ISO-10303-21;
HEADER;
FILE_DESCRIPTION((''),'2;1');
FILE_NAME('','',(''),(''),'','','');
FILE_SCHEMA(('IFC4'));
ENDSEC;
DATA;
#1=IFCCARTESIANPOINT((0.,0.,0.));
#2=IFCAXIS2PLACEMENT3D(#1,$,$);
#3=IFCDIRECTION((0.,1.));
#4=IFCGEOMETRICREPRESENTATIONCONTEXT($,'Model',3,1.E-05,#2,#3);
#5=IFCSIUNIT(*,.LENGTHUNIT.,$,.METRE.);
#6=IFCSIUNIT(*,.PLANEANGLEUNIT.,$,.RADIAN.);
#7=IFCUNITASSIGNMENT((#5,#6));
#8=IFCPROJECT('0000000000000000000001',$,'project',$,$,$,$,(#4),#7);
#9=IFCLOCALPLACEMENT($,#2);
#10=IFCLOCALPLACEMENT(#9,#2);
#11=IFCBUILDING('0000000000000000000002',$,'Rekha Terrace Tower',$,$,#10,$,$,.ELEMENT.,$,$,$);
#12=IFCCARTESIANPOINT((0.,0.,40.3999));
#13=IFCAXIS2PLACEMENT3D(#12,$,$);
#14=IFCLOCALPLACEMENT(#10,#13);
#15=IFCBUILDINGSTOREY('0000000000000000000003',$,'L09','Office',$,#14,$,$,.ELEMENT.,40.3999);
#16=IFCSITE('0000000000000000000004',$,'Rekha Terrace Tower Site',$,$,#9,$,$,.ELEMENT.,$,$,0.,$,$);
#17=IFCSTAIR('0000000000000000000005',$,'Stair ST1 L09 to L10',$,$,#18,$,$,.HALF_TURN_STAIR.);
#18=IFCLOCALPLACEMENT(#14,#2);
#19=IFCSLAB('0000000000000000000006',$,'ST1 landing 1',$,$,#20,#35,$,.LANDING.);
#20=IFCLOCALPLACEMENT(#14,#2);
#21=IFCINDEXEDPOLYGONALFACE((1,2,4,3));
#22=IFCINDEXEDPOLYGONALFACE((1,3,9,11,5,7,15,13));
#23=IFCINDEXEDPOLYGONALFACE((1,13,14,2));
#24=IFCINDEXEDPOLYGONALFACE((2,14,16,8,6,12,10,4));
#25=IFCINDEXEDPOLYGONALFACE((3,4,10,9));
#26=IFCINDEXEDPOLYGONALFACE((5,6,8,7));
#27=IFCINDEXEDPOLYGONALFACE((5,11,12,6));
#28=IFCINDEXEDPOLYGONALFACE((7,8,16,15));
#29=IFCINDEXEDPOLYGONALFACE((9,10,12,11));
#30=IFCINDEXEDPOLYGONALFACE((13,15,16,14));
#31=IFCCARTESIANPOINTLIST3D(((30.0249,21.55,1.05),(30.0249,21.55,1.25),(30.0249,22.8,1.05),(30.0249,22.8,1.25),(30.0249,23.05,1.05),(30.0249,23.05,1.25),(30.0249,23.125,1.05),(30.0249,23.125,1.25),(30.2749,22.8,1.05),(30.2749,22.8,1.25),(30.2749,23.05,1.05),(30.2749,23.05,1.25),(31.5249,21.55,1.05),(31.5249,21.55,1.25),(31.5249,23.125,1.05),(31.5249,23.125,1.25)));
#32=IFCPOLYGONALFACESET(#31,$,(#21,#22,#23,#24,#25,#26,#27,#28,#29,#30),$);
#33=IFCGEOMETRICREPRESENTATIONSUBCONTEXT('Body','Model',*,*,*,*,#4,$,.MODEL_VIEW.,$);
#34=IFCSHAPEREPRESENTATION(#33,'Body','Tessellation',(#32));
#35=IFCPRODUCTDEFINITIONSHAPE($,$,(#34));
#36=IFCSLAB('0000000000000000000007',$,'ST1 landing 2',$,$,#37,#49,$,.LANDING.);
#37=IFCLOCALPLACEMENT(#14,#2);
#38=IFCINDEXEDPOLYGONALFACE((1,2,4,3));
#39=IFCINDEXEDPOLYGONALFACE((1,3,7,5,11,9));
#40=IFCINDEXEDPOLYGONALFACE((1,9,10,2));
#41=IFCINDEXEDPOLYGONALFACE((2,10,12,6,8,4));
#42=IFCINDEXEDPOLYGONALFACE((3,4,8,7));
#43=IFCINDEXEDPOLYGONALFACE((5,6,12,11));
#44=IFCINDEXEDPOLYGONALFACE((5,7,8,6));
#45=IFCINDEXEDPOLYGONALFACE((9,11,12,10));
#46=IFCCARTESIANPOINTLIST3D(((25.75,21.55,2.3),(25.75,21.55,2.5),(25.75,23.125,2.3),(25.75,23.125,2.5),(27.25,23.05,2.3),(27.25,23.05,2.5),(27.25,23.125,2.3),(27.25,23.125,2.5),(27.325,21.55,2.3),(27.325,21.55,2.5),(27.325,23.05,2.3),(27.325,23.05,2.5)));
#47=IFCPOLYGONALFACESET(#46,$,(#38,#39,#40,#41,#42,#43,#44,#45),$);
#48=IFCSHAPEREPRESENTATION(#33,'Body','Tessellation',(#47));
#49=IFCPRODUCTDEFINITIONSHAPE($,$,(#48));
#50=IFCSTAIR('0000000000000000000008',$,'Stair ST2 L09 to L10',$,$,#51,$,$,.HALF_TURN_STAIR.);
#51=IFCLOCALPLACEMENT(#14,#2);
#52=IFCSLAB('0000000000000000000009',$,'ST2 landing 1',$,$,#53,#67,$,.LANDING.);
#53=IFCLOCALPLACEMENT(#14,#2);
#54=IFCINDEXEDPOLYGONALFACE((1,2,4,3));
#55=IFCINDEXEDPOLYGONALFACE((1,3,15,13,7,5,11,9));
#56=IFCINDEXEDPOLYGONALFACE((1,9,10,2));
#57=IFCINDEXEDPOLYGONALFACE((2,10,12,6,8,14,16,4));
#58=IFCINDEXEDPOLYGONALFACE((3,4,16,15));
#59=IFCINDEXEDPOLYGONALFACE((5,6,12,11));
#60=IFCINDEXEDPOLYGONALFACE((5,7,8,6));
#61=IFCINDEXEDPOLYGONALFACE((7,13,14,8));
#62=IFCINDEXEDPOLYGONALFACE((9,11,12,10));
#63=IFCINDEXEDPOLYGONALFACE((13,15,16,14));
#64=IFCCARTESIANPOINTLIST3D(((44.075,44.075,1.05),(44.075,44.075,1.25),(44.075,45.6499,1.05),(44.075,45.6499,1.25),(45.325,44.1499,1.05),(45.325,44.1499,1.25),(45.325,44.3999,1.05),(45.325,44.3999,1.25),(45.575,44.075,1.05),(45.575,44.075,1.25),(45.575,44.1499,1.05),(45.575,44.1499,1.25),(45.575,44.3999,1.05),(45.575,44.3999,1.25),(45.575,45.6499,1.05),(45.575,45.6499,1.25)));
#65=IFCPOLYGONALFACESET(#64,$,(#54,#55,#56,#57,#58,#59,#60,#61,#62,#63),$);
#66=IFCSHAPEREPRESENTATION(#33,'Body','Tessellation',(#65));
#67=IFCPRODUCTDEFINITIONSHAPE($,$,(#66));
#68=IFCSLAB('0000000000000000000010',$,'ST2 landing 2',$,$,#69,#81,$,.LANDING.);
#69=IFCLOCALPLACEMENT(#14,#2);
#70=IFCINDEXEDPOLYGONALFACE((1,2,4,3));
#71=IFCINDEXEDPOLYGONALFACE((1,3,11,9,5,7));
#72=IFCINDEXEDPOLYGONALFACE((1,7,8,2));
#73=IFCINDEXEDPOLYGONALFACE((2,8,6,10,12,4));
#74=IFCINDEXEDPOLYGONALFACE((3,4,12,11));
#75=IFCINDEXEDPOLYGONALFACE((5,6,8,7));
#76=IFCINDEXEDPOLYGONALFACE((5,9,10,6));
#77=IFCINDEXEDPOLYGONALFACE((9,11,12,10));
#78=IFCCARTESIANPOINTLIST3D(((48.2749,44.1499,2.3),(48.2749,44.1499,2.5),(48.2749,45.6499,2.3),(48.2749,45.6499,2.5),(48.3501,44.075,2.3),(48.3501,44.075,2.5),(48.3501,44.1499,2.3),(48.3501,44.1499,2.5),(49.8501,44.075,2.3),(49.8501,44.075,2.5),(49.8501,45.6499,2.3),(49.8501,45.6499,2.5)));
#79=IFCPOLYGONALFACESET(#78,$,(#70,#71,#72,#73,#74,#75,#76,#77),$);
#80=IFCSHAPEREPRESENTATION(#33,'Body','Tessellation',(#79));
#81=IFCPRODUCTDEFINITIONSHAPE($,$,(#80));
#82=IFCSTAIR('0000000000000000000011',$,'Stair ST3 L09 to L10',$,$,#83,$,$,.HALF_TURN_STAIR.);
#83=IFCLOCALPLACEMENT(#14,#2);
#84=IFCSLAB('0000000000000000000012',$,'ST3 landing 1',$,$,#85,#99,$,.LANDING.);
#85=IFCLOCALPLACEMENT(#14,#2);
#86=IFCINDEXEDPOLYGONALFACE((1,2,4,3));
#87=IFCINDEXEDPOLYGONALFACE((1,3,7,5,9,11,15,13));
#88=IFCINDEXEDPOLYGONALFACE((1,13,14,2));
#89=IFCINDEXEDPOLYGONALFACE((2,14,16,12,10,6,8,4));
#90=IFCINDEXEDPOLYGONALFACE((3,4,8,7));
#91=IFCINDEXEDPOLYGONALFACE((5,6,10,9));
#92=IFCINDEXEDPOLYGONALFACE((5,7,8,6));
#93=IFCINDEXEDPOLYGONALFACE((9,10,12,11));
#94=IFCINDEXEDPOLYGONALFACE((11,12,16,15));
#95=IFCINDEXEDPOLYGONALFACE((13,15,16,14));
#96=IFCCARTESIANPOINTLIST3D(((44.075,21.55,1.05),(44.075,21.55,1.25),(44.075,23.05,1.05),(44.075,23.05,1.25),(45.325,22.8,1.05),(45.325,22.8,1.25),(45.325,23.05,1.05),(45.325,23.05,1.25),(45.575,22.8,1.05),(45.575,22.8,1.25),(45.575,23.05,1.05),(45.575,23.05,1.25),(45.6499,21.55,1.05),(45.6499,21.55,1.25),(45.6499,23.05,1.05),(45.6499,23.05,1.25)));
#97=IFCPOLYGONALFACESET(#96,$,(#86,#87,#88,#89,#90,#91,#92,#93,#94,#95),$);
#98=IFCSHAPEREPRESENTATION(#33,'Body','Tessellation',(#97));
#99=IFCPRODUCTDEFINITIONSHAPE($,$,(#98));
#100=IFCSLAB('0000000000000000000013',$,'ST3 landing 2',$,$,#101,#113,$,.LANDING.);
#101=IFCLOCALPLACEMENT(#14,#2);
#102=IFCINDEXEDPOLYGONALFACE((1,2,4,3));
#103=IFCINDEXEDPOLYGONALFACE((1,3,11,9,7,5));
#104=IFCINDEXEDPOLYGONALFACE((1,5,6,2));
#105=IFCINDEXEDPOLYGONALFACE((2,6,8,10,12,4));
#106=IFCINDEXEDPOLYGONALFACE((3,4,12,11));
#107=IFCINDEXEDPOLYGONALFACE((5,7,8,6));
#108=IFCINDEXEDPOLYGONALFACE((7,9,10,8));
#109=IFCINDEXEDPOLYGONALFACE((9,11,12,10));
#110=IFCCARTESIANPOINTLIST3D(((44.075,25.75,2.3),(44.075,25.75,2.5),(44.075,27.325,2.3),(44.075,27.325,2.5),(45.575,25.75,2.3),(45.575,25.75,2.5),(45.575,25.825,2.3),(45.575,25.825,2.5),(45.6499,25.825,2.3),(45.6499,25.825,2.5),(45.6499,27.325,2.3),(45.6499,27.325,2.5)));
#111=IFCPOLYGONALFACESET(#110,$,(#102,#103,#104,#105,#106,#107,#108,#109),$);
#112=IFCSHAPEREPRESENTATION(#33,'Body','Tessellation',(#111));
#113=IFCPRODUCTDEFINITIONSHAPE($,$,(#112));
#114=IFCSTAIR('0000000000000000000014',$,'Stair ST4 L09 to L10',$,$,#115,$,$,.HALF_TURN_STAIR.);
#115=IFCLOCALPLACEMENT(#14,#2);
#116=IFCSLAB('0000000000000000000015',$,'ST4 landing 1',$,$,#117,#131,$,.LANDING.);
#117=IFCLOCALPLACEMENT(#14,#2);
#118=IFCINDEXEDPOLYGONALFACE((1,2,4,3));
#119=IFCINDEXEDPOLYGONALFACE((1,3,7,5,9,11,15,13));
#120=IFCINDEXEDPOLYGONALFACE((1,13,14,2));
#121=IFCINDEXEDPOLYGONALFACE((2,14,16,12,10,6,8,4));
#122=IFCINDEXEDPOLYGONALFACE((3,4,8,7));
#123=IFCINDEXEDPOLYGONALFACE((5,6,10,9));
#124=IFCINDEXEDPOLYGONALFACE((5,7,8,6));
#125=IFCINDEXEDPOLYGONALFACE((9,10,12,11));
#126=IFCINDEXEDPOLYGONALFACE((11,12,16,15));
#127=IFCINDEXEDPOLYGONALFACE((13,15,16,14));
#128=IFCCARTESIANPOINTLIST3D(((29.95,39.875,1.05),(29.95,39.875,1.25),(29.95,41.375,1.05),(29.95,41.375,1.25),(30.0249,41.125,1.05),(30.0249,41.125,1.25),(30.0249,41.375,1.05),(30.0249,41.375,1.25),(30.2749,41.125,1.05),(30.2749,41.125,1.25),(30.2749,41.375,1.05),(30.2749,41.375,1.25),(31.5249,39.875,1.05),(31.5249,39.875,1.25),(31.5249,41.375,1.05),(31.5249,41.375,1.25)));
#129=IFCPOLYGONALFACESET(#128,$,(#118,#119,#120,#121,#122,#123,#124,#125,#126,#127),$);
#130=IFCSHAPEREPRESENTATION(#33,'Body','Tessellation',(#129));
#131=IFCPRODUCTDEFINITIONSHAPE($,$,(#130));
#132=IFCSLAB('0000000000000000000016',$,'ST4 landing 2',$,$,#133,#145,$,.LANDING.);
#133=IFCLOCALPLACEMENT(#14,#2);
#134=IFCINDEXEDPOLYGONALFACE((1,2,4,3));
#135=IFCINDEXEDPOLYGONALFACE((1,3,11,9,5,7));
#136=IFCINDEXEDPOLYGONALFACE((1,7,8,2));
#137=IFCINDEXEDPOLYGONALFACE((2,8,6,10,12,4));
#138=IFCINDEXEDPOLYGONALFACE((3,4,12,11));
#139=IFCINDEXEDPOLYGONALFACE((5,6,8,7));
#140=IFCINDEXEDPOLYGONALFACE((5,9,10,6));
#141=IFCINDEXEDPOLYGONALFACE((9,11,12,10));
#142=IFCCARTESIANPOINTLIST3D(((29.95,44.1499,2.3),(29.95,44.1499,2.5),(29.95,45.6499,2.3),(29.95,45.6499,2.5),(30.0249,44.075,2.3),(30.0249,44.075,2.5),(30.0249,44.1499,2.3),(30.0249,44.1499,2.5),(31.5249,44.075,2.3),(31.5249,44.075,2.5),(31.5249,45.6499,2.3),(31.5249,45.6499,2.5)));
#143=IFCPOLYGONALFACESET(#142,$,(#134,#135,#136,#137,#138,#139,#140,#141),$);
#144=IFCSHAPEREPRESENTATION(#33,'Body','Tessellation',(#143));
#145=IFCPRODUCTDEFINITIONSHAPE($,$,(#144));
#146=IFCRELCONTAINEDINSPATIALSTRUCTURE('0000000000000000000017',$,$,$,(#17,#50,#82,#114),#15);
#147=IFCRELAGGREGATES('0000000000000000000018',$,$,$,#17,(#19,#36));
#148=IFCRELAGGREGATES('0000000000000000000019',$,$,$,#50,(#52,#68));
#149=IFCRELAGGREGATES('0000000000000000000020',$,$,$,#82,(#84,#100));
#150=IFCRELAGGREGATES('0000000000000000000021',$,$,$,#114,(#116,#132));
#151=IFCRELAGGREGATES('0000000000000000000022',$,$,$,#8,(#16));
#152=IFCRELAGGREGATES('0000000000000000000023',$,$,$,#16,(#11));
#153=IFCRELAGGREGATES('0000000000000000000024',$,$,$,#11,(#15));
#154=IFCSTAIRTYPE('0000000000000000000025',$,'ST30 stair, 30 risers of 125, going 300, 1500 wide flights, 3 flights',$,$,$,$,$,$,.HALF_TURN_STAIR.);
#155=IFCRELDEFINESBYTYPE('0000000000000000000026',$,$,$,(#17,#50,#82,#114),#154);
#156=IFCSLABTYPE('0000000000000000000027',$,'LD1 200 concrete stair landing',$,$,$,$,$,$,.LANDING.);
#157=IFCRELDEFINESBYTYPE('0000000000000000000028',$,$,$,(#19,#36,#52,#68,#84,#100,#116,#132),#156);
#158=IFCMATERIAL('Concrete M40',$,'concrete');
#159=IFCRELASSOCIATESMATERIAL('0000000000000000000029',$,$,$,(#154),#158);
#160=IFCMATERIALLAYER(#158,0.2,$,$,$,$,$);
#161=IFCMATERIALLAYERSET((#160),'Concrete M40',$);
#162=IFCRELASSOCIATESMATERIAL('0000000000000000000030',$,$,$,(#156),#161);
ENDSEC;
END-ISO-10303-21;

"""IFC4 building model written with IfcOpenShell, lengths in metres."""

from ifc_helpers import new_model, si_unit, direction, frame, origin, place, context, subcontext, project, spatial, polyline, outline, extrude, material, layer, layer_set, type_object, element, aggregate, save


model = new_model("IFC4")

# Units and contexts
model_context = context("Model", 3, precision=1e-05, world=origin(), true_north=direction((0.0, 1.0)))
body_context = subcontext(model_context, "Body", "Model", "MODEL_VIEW")
ifc_project = project(units=[si_unit("LENGTHUNIT", "METRE"), si_unit("PLANEANGLEUNIT", "RADIAN")], contexts=[model_context])

# Site, building, storey
site_placement = place(None, origin())
site = spatial("IfcSite", under=ifc_project, at=site_placement, Name="Rekha Terrace Tower Site", CompositionType="ELEMENT", RefElevation=0.0)
building_placement = place(site_placement, origin())
building = spatial("IfcBuilding", under=site, at=building_placement, Name="Rekha Terrace Tower", CompositionType="ELEMENT")
storey_placement = place(building_placement, frame((0.0, 0.0, 40.3999)))
storey = spatial("IfcBuildingStorey", under=building, at=storey_placement, Name="L09", Description="Office", CompositionType="ELEMENT", Elevation=40.3999)

# Stairs, slabs
ifc_material_1 = material(Name="Concrete M40", Category="concrete")
stair_type = type_object("IfcStairType", Name="ST30 stair, 30 risers of 125, going 300, 1500 wide flights, 3 flights", PredefinedType="HALF_TURN_STAIR", material=ifc_material_1)
stair_1_placement = place(storey_placement, origin())
stair_1 = element("IfcStair", 1, at=stair_1_placement, inside=storey, type_object=stair_type, Name="Stair ST1 L09 to L10", PredefinedType="HALF_TURN_STAIR")
ifc_layer_1 = layer(ifc_material_1, 0.2)
ifc_layer_set_1 = layer_set([ifc_layer_1], Name="Concrete M40")
slab_type_1 = type_object("IfcSlabType", Name="LD1 200 concrete stair landing", PredefinedType="LANDING", material=ifc_layer_set_1)
slab_1_placement = place(storey_placement, frame((0.0, 0.0, 1.05)))
slab_1 = element("IfcSlab", 2, at=slab_1_placement, type_object=slab_type_1, Name="ST1 landing 1", PredefinedType="LANDING", context=body_context, shape_type="SweptSolid", body=[
    extrude(outline(polyline([(30.0249, 21.55), (31.5249, 21.55), (31.5249, 23.125), (30.0249, 23.125), (30.0249, 23.05), (30.2749, 23.05), (30.2749, 22.8), (30.0249, 22.8), (30.0249, 21.55)])), origin(), (0.0, 0.0, 1.0), 0.2),
])
slab_2_placement = place(storey_placement, frame((0.0, 0.0, 2.3)))
slab_2 = element("IfcSlab", 3, at=slab_2_placement, type_object=slab_type_1, Name="ST1 landing 2", PredefinedType="LANDING", context=body_context, shape_type="SweptSolid", body=[
    extrude(outline(polyline([(27.25, 23.125), (25.75, 23.125), (25.75, 21.55), (27.325, 21.55), (27.325, 23.05), (27.25, 23.05), (27.25, 23.125)])), origin(), (0.0, 0.0, 1.0), 0.2),
])
aggregate(stair_1, [slab_1, slab_2])
stair_2_placement = place(storey_placement, origin())
stair_2 = element("IfcStair", 4, at=stair_2_placement, inside=storey, type_object=stair_type, Name="Stair ST2 L09 to L10", PredefinedType="HALF_TURN_STAIR")
slab_3_placement = place(storey_placement, frame((0.0, 0.0, 1.05)))
slab_3 = element("IfcSlab", 5, at=slab_3_placement, type_object=slab_type_1, Name="ST2 landing 1", PredefinedType="LANDING", context=body_context, shape_type="SweptSolid", body=[
    extrude(outline(polyline([(45.575, 45.6499), (44.075, 45.6499), (44.075, 44.075), (45.575, 44.075), (45.575, 44.1499), (45.325, 44.1499), (45.325, 44.3999), (45.575, 44.3999), (45.575, 45.6499)])), origin(), (0.0, 0.0, 1.0), 0.2),
])
slab_4_placement = place(storey_placement, frame((0.0, 0.0, 2.3)))
slab_4 = element("IfcSlab", 6, at=slab_4_placement, type_object=slab_type_1, Name="ST2 landing 2", PredefinedType="LANDING", context=body_context, shape_type="SweptSolid", body=[
    extrude(outline(polyline([(48.3501, 44.075), (49.8501, 44.075), (49.8501, 45.6499), (48.2749, 45.6499), (48.2749, 44.1499), (48.3501, 44.1499), (48.3501, 44.075)])), origin(), (0.0, 0.0, 1.0), 0.2),
])
aggregate(stair_2, [slab_3, slab_4])
stair_3_placement = place(storey_placement, origin())
stair_3 = element("IfcStair", 7, at=stair_3_placement, inside=storey, type_object=stair_type, Name="Stair ST3 L09 to L10", PredefinedType="HALF_TURN_STAIR")
slab_5_placement = place(storey_placement, frame((0.0, 0.0, 1.05)))
slab_5 = element("IfcSlab", 8, at=slab_5_placement, type_object=slab_type_1, Name="ST3 landing 1", PredefinedType="LANDING", context=body_context, shape_type="SweptSolid", body=[
    extrude(outline(polyline([(44.075, 23.05), (44.075, 21.55), (45.6499, 21.55), (45.6499, 23.05), (45.575, 23.05), (45.575, 22.8), (45.325, 22.8), (45.325, 23.05), (44.075, 23.05)])), origin(), (0.0, 0.0, 1.0), 0.2),
])
slab_6_placement = place(storey_placement, frame((0.0, 0.0, 2.3)))
slab_6 = element("IfcSlab", 9, at=slab_6_placement, type_object=slab_type_1, Name="ST3 landing 2", PredefinedType="LANDING", context=body_context, shape_type="SweptSolid", body=[
    extrude(outline(polyline([(45.6499, 25.825), (45.6499, 27.325), (44.075, 27.325), (44.075, 25.75), (45.575, 25.75), (45.575, 25.825), (45.6499, 25.825)])), origin(), (0.0, 0.0, 1.0), 0.2),
])
aggregate(stair_3, [slab_5, slab_6])
stair_4_placement = place(storey_placement, origin())
stair_4 = element("IfcStair", 10, at=stair_4_placement, inside=storey, type_object=stair_type, Name="Stair ST4 L09 to L10", PredefinedType="HALF_TURN_STAIR")
slab_7_placement = place(storey_placement, frame((0.0, 0.0, 1.05)))
slab_7 = element("IfcSlab", 11, at=slab_7_placement, type_object=slab_type_1, Name="ST4 landing 1", PredefinedType="LANDING", context=body_context, shape_type="SweptSolid", body=[
    extrude(outline(polyline([(31.5249, 41.375), (31.5249, 39.875), (29.95, 39.875), (29.95, 41.375), (30.0249, 41.375), (30.0249, 41.125), (30.2749, 41.125), (30.2749, 41.375), (31.5249, 41.375)])), origin(), (0.0, 0.0, 1.0), 0.2),
])
slab_8_placement = place(storey_placement, frame((0.0, 0.0, 2.3)))
slab_8 = element("IfcSlab", 12, at=slab_8_placement, type_object=slab_type_1, Name="ST4 landing 2", PredefinedType="LANDING", context=body_context, shape_type="SweptSolid", body=[
    extrude(outline(polyline([(29.95, 44.1499), (29.95, 45.6499), (31.5249, 45.6499), (31.5249, 44.075), (30.0249, 44.075), (30.0249, 44.1499), (29.95, 44.1499)])), origin(), (0.0, 0.0, 1.0), 0.2),
])
aggregate(stair_4, [slab_7, slab_8])

save(model, "model.ifc")
